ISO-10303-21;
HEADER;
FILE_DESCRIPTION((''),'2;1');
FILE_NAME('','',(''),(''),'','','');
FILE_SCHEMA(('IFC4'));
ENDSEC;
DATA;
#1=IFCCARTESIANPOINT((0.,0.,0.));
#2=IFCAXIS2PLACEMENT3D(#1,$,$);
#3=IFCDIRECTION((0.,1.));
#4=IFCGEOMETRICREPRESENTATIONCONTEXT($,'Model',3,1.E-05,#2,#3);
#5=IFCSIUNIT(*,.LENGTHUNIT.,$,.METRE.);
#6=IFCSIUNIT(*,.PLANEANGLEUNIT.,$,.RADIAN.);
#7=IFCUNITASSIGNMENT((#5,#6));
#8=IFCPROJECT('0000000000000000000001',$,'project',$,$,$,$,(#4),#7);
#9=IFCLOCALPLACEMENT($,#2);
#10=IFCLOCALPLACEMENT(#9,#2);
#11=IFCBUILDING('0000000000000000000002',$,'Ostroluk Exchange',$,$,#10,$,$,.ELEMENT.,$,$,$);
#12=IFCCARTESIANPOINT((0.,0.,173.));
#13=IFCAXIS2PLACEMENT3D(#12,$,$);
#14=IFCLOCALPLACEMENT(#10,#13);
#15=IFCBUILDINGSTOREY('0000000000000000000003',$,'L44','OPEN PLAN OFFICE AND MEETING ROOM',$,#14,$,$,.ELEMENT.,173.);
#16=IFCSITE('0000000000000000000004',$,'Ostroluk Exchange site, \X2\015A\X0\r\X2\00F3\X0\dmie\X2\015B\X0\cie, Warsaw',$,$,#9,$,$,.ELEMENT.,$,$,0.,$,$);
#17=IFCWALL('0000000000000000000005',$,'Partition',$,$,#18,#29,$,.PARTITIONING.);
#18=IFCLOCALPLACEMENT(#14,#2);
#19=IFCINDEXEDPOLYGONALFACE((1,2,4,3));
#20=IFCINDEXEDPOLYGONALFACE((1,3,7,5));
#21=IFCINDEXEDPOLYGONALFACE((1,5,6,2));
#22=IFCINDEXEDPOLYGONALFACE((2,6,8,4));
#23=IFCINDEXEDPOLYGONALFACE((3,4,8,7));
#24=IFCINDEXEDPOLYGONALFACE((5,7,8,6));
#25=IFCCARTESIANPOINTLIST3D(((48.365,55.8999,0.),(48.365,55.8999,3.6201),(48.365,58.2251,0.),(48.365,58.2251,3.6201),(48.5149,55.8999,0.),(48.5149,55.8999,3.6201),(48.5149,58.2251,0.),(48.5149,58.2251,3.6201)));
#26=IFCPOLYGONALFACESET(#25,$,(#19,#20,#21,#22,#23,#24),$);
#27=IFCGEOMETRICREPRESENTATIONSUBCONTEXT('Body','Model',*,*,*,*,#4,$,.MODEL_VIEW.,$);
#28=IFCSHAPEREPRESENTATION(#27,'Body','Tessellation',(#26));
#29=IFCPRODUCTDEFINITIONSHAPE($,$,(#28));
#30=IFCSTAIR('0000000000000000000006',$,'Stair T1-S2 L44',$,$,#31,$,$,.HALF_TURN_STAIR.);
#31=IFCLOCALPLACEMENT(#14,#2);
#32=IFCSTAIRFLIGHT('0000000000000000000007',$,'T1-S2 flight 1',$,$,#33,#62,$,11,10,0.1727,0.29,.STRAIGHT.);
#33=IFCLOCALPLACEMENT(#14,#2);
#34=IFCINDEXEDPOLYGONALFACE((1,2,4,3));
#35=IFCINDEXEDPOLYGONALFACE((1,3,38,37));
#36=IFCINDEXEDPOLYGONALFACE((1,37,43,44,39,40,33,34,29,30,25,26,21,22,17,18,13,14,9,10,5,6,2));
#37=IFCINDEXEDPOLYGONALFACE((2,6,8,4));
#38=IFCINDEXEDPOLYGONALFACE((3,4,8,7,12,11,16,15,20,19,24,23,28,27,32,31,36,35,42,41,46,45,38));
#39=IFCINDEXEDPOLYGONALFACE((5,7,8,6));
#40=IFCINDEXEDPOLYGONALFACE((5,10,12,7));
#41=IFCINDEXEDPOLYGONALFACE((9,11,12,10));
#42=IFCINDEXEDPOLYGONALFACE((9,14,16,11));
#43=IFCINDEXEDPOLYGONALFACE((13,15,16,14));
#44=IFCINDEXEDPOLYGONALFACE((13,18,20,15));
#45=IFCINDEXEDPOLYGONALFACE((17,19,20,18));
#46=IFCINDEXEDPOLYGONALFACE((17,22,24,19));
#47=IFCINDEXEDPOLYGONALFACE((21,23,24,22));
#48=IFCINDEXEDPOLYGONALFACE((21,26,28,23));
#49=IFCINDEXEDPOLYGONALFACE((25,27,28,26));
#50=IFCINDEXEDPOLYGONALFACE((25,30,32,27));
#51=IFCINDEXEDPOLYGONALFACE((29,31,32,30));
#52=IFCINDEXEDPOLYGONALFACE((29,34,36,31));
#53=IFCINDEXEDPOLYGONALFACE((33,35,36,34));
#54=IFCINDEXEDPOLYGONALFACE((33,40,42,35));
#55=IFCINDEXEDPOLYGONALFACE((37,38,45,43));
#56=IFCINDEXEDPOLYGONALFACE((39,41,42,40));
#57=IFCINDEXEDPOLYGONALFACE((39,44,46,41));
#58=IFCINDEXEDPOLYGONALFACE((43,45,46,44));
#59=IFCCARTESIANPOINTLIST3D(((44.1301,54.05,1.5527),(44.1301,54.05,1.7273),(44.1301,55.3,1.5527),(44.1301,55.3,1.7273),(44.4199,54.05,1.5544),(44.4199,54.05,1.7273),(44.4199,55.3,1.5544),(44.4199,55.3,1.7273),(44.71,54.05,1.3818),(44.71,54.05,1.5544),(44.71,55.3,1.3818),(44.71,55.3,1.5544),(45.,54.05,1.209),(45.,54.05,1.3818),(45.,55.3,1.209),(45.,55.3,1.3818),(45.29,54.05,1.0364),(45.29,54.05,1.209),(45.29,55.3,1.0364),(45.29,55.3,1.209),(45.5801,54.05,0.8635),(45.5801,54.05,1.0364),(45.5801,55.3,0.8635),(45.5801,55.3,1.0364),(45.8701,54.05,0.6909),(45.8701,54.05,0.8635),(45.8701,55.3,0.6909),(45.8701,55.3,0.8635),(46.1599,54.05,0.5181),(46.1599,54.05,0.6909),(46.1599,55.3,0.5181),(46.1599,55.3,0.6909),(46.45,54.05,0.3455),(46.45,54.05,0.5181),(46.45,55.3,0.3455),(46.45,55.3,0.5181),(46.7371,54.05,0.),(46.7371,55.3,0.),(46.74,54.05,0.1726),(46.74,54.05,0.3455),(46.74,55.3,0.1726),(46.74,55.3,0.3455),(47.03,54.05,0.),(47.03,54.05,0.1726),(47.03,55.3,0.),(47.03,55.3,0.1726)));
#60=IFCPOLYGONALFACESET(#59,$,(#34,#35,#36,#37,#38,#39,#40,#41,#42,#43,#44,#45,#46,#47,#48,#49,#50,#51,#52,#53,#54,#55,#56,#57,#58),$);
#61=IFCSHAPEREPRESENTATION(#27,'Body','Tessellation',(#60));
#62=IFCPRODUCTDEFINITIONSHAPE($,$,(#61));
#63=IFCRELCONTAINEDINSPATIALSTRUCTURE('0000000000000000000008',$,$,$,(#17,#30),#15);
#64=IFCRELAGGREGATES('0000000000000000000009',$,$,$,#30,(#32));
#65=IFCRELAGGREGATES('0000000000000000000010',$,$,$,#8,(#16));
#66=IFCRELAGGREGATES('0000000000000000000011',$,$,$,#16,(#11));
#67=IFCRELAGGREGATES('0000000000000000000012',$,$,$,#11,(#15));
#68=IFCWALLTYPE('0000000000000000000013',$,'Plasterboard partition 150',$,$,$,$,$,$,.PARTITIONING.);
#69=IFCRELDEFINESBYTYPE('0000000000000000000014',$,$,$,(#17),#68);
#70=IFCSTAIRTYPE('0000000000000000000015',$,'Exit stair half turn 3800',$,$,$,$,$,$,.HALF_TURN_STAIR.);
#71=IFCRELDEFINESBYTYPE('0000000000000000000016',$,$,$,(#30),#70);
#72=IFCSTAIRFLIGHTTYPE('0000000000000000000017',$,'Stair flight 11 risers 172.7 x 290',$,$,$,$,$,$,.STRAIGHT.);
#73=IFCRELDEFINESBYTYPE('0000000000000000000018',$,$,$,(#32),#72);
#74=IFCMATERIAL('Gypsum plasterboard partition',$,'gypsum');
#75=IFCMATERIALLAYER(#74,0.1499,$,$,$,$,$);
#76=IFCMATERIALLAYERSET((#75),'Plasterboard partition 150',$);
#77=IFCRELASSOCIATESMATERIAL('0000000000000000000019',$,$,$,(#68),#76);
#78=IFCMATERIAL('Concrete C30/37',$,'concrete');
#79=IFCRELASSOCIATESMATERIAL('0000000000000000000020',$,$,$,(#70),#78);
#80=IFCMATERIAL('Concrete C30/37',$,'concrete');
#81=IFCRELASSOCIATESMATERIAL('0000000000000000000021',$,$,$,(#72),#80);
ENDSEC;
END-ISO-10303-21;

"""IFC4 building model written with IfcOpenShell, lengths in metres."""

from ifc_helpers import new_model, si_unit, direction, frame, frame_2d, origin, place, context, subcontext, project, spatial, polyline, rectangle, outline, extrude, material, layer, layer_set, type_object, element, aggregate, save


model = new_model("IFC4")

# Units and contexts
model_context = context("Model", 3, precision=1e-05, world=origin(), true_north=direction((0.0, 1.0)))
body_context = subcontext(model_context, "Body", "Model", "MODEL_VIEW")
ifc_project = project(units=[si_unit("LENGTHUNIT", "METRE"), si_unit("PLANEANGLEUNIT", "RADIAN")], contexts=[model_context])

# Site, building, storey
site_placement = place(None, origin())
site = spatial("IfcSite", under=ifc_project, at=site_placement, Name="Ostroluk Exchange site, Śródmieście, Warsaw", CompositionType="ELEMENT", RefElevation=0.0)
building_placement = place(site_placement, origin())
building = spatial("IfcBuilding", under=site, at=building_placement, Name="Ostroluk Exchange", CompositionType="ELEMENT")
storey_placement = place(building_placement, frame((0.0, 0.0, 173.0)))
storey = spatial("IfcBuildingStorey", under=building, at=storey_placement, Name="L44", Description="OPEN PLAN OFFICE AND MEETING ROOM", CompositionType="ELEMENT", Elevation=173.0)

# Shared definitions
ifc_material_1 = material(Name="Gypsum plasterboard partition", Category="gypsum")
ifc_layer_1 = layer(ifc_material_1, 0.1499)
ifc_layer_set_1 = layer_set([ifc_layer_1], Name="Plasterboard partition 150")
wall_type_1 = type_object("IfcWallType", Name="Plasterboard partition 150", PredefinedType="PARTITIONING", material=ifc_layer_set_1)

# Wall
wall_1_placement = place(storey_placement, frame((48.4399, 55.8999, 0.0), z_axis=(0.0, 0.0, 1.0), x_axis=(0.0, 1.0, 0.0)))
element("IfcWall", 1, at=wall_1_placement, inside=storey, type_object=wall_type_1, Name="Partition", PredefinedType="PARTITIONING", context=body_context, shape_type="SweptSolid", body=[
    extrude(rectangle(XDim=2.3252, YDim=0.1499, at=frame_2d((1.1626, 0.0))), origin(), (0.0, 0.0, 1.0), 3.6201),
])

# Stair, stair flight
ifc_material_2 = material(Name="Concrete C30/37", Category="concrete")
stair_type = type_object("IfcStairType", Name="Exit stair half turn 3800", PredefinedType="HALF_TURN_STAIR", material=ifc_material_2)
stair_placement = place(storey_placement, origin())
stair = element("IfcStair", 2, at=stair_placement, inside=storey, type_object=stair_type, Name="Stair T1-S2 L44", PredefinedType="HALF_TURN_STAIR")
ifc_material_3 = material(Name="Concrete C30/37", Category="concrete")
stair_flight_type = type_object("IfcStairFlightType", Name="Stair flight 11 risers 172.7 x 290", PredefinedType="STRAIGHT", material=ifc_material_3)
stair_flight_placement = place(storey_placement, frame((47.03, 54.675, 0.0), z_axis=(0.0, 0.0, 1.0), x_axis=(-1.0, 0.0, 0.0)))
stair_flight = element("IfcStairFlight", 3, at=stair_flight_placement, type_object=stair_flight_type, Name="T1-S2 flight 1", NumberOfRisers=11, NumberOfTreads=10, PredefinedType="STRAIGHT", RiserHeight=0.1727, TreadLength=0.29, context=body_context, shape_type="SweptSolid", body=[
    extrude(outline(polyline([(0.0, 0.0), (0.0, 0.1726), (0.29, 0.1726), (0.29, 0.3455), (0.5801, 0.3455), (0.5801, 0.5181), (0.8701, 0.5181), (0.8701, 0.6909), (1.1599, 0.6909), (1.1599, 0.8635), (1.45, 0.8635), (1.45, 1.0364), (1.74, 1.0364), (1.74, 1.209), (2.03, 1.209), (2.03, 1.3818), (2.3201, 1.3818), (2.3201, 1.5544), (2.6101, 1.5544), (2.6101, 1.7273), (2.8999, 1.7273), (2.8999, 1.8999), (2.8999, 1.5527), (0.293, 0.0), (0.0, 0.0)])), frame((0.0, 0.625, 0.0), z_axis=(0.0, -1.0, 0.0), x_axis=(1.0, 0.0, 0.0)), (0.0, 0.0, 1.0), 1.25),
])
aggregate(stair, [stair_flight])

save(model, "model.ifc")
